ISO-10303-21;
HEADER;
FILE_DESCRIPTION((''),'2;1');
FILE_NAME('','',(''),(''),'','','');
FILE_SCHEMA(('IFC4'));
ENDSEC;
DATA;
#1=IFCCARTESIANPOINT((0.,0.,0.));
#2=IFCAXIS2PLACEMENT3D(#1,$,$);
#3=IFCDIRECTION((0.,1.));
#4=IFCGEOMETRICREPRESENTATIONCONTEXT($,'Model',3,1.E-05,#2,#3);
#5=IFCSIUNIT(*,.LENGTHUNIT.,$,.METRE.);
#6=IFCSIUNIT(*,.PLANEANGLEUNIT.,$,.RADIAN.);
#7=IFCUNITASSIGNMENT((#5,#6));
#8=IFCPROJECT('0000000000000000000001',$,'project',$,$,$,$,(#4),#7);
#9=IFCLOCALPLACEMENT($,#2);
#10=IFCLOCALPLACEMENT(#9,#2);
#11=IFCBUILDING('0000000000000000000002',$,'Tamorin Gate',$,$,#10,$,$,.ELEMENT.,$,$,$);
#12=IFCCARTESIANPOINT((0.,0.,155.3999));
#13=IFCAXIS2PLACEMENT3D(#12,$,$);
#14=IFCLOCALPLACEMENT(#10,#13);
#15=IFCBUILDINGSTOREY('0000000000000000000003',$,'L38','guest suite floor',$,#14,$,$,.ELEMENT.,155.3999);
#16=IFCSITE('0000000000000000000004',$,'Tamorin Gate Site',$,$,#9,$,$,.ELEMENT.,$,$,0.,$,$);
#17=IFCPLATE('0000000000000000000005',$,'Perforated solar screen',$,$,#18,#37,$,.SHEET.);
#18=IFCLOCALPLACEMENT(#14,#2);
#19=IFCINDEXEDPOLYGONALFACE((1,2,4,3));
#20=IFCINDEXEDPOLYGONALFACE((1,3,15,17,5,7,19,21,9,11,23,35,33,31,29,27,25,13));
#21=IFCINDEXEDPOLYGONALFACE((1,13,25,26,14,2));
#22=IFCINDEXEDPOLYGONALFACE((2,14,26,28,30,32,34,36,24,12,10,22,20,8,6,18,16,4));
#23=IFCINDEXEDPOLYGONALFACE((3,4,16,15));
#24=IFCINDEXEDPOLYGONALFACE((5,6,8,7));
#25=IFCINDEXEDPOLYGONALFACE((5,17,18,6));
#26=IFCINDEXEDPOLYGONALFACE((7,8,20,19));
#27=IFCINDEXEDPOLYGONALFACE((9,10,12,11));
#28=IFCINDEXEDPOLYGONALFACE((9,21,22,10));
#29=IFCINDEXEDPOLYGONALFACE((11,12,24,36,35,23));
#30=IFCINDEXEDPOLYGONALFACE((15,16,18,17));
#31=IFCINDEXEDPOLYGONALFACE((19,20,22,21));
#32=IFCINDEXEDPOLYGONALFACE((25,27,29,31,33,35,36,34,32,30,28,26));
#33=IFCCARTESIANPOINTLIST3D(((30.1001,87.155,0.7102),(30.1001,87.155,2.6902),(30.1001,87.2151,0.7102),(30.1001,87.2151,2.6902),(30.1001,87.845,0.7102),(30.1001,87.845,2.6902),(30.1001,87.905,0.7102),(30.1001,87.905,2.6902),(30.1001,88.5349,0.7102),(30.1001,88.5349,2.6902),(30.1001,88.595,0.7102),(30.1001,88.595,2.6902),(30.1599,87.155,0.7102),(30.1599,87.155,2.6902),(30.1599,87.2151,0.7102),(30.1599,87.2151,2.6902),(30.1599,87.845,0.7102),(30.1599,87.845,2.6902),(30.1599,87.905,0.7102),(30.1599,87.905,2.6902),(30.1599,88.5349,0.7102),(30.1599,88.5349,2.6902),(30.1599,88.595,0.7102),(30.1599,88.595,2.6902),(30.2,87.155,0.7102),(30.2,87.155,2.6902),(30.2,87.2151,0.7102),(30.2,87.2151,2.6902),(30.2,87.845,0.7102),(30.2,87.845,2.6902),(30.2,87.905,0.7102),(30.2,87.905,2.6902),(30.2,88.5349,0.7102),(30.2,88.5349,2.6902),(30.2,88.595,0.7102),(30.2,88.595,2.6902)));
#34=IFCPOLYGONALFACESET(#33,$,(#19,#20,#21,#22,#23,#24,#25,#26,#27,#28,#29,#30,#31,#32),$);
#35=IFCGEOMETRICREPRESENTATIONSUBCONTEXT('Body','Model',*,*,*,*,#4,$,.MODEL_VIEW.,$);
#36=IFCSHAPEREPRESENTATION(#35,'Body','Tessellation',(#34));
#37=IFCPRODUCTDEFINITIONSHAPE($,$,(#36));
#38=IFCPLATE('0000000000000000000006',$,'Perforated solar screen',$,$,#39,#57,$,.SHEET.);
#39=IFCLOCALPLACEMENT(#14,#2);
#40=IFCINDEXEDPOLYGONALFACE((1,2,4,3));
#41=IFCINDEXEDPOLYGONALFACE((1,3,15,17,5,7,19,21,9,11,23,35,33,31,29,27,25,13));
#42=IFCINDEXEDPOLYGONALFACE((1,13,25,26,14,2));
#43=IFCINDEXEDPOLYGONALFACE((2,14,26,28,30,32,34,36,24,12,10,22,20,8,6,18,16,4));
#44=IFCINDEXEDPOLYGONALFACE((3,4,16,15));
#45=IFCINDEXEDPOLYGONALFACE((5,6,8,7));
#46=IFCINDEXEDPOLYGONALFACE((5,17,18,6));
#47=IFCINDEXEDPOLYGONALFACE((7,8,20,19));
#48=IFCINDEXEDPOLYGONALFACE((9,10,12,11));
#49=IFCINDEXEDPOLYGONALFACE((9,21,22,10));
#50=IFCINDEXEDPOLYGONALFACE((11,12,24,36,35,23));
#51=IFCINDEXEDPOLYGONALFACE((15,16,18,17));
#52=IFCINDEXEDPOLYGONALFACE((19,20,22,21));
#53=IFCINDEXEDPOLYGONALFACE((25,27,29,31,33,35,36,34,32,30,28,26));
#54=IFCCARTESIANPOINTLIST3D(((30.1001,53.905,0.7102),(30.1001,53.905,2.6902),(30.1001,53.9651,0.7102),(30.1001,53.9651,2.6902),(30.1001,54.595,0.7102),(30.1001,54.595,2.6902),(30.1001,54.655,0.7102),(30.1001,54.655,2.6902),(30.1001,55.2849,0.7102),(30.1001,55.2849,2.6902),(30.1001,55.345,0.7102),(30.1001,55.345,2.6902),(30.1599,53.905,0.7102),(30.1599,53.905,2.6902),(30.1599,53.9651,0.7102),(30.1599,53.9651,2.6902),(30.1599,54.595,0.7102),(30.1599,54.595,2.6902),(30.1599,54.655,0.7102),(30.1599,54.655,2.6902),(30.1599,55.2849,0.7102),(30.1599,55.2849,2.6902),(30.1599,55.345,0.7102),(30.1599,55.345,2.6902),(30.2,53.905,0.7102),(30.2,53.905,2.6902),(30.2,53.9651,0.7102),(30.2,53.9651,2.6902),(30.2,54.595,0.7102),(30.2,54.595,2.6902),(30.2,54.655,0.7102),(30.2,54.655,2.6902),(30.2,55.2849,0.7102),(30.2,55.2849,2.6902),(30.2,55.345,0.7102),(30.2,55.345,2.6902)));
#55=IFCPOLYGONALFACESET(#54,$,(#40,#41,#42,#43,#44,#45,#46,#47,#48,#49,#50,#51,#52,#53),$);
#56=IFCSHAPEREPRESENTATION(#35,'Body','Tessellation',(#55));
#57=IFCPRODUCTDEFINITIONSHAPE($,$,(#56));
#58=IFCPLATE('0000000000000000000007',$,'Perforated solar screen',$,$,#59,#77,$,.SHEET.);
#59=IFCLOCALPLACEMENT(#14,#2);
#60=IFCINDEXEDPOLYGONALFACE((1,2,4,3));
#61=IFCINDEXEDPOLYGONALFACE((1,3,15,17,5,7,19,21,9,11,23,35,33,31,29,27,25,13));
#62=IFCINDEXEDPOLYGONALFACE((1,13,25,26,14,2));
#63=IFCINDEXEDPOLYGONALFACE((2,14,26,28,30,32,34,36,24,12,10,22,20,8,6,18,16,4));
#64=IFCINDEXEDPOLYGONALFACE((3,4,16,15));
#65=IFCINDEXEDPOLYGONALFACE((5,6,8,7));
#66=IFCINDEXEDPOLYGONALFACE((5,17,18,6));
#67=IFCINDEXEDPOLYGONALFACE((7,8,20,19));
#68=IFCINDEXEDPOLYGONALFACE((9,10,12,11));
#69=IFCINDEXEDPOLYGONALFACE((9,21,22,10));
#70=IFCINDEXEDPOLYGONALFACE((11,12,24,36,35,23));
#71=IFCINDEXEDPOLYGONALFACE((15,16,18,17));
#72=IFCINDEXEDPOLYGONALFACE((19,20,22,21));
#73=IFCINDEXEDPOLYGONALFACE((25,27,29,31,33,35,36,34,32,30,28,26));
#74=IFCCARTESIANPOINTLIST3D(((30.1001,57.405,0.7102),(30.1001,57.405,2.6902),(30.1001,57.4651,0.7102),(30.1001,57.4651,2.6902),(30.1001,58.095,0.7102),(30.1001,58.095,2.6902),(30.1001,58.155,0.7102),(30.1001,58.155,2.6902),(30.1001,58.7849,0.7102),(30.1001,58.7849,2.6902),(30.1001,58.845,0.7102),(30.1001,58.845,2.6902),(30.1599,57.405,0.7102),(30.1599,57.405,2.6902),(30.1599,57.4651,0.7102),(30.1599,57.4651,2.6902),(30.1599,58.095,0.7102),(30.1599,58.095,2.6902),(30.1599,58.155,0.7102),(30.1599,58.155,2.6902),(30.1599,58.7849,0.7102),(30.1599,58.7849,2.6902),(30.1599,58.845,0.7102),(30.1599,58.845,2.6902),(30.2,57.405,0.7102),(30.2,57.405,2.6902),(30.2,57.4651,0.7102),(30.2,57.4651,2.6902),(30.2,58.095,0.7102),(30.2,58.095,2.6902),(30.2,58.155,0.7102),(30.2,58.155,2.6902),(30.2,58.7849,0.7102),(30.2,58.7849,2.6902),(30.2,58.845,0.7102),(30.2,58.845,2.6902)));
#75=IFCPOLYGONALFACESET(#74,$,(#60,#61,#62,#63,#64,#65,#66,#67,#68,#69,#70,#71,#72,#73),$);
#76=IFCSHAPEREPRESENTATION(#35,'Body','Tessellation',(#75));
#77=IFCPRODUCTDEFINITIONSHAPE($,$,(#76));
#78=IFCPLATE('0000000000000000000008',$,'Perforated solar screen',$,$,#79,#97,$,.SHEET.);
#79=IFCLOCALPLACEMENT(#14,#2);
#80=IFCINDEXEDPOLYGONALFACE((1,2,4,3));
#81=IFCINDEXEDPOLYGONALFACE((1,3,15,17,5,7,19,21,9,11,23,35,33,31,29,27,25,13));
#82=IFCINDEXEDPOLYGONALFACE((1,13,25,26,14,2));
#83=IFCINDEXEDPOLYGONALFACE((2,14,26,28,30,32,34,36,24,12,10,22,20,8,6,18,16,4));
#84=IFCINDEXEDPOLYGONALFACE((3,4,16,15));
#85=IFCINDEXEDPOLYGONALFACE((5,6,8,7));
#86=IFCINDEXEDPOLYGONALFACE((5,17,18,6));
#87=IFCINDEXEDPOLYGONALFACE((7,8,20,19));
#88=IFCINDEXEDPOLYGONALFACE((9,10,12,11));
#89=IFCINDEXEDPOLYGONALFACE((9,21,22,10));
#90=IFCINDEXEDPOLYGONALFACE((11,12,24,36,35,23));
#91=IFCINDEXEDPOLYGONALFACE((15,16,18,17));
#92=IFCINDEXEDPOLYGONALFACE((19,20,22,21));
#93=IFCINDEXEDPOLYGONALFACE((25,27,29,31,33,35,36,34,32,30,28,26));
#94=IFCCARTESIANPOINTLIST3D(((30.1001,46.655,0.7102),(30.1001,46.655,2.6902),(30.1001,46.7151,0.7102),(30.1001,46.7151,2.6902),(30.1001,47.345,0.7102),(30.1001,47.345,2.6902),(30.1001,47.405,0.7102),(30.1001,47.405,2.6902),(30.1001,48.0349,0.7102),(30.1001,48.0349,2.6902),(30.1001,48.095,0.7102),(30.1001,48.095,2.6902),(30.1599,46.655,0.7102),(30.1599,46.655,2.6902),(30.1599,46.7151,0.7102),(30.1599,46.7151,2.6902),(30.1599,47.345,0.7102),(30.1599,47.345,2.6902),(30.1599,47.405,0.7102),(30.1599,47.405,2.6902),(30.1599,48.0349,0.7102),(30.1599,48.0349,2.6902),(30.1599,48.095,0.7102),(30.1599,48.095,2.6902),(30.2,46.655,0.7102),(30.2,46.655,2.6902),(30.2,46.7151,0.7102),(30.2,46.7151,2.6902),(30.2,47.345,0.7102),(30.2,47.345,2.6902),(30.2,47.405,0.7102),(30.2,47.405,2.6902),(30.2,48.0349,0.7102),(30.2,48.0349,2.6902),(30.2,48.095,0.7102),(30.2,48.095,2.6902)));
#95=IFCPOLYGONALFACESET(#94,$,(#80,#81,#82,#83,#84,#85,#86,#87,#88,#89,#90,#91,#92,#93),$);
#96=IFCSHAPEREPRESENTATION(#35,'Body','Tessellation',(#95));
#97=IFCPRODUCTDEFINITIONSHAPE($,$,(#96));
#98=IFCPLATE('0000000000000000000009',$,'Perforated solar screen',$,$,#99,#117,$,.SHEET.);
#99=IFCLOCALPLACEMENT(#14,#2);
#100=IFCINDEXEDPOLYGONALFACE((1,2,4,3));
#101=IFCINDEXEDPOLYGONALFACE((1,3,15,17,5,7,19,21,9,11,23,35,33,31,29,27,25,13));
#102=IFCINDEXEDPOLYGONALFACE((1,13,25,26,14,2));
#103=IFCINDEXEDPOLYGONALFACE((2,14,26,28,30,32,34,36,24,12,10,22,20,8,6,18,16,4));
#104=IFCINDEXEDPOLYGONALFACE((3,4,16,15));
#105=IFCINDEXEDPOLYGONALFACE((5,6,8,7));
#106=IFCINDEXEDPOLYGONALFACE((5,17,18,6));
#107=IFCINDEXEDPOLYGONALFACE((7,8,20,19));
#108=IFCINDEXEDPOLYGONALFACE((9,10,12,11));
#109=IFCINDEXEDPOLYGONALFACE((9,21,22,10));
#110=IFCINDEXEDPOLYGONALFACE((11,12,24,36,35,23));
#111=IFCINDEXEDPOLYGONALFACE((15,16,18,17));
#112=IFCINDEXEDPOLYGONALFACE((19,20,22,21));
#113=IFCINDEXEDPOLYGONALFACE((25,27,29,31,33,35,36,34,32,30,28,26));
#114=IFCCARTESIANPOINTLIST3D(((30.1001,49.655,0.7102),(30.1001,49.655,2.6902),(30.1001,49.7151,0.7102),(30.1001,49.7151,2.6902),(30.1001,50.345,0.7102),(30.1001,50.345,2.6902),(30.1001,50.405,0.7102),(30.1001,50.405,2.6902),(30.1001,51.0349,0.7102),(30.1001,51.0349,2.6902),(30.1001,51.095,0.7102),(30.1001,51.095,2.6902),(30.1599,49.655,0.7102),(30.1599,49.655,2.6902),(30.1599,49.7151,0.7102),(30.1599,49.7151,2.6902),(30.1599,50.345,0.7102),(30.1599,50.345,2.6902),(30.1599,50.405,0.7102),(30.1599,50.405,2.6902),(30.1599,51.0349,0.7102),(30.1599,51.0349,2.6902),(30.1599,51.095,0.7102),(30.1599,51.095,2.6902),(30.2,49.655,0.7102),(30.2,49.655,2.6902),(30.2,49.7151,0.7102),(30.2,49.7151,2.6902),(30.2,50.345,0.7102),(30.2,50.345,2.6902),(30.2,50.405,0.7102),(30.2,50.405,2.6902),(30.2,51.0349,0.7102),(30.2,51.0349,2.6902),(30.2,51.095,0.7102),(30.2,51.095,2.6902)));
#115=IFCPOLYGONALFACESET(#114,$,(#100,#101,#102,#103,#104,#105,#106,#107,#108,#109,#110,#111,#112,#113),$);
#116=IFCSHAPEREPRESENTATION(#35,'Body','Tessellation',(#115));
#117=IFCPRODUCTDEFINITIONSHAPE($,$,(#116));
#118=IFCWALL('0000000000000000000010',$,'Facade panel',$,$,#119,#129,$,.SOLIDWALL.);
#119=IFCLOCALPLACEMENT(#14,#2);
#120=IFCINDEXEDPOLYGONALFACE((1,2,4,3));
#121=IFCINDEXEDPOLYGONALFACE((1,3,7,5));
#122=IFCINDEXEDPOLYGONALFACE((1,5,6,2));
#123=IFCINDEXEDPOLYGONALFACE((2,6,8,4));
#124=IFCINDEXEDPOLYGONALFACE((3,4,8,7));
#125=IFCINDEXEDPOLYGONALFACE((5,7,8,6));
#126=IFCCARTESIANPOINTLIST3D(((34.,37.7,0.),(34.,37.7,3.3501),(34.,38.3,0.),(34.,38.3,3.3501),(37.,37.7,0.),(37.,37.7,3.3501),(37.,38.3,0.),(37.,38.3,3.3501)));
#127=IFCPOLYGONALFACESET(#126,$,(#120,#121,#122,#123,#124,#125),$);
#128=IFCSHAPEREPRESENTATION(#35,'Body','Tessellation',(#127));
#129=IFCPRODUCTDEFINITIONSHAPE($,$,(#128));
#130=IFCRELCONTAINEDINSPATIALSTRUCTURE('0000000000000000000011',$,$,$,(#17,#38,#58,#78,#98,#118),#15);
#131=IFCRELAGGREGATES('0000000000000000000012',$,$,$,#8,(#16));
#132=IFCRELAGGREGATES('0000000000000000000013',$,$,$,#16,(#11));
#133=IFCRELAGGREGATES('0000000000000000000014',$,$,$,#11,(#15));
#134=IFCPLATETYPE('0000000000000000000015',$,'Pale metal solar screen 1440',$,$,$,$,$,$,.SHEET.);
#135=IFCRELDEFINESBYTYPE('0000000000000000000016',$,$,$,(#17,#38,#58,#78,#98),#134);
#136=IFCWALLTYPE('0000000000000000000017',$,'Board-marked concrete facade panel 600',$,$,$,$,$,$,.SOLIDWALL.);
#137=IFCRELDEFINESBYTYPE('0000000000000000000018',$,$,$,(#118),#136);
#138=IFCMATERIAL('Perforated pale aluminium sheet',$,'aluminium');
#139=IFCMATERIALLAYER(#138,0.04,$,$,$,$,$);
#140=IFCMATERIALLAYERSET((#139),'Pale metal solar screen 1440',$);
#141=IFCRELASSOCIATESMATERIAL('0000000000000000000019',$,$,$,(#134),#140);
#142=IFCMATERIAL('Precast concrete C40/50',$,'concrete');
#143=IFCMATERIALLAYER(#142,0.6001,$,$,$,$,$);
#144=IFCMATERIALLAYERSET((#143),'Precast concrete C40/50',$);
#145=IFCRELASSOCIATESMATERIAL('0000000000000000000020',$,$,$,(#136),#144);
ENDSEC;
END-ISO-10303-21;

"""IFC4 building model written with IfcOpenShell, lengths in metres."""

from ifc_helpers import new_model, si_unit, direction, frame, frame_2d, origin, place, context, subcontext, project, spatial, polyline, rectangle, outline, extrude, material, layer, layer_set, type_object, element, save


model = new_model("IFC4")

# Units and contexts
model_context = context("Model", 3, precision=1e-05, world=origin(), true_north=direction((0.0, 1.0)))
body_context = subcontext(model_context, "Body", "Model", "MODEL_VIEW")
ifc_project = project(units=[si_unit("LENGTHUNIT", "METRE"), si_unit("PLANEANGLEUNIT", "RADIAN")], contexts=[model_context])

# Site, building, storey
site_placement = place(None, origin())
site = spatial("IfcSite", under=ifc_project, at=site_placement, Name="Tamorin Gate Site", CompositionType="ELEMENT", RefElevation=0.0)
building_placement = place(site_placement, origin())
building = spatial("IfcBuilding", under=site, at=building_placement, Name="Tamorin Gate", CompositionType="ELEMENT")
storey_placement = place(building_placement, frame((0.0, 0.0, 155.3999)))
storey = spatial("IfcBuildingStorey", under=building, at=storey_placement, Name="L38", Description="guest suite floor", CompositionType="ELEMENT", Elevation=155.3999)

# Plates
ifc_material_1 = material(Name="Perforated pale aluminium sheet", Category="aluminium")
ifc_layer_1 = layer(ifc_material_1, 0.04)
ifc_layer_set_1 = layer_set([ifc_layer_1], Name="Pale metal solar screen 1440")
plate_type_1 = type_object("IfcPlateType", Name="Pale metal solar screen 1440", PredefinedType="SHEET", material=ifc_layer_set_1)
plate_1_placement = place(storey_placement, frame((0.0, 0.0, 0.7102)))
element("IfcPlate", 1, at=plate_1_placement, inside=storey, type_object=plate_type_1, Name="Perforated solar screen", PredefinedType="SHEET", context=body_context, shape_type="SweptSolid", body=[
    extrude(outline(polyline([(30.1599, 88.595), (30.2, 88.595), (30.2, 88.5349), (30.2, 87.905), (30.2, 87.845), (30.2, 87.2151), (30.2, 87.155), (30.1599, 87.155), (30.1001, 87.155), (30.1001, 87.2151), (30.1599, 87.2151), (30.1599, 87.845), (30.1001, 87.845), (30.1001, 87.905), (30.1599, 87.905), (30.1599, 88.5349), (30.1001, 88.5349), (30.1001, 88.595), (30.1599, 88.595)])), origin(), (0.0, 0.0, 1.0), 1.98),
])
plate_2_placement = place(storey_placement, frame((0.0, 0.0, 0.7102)))
element("IfcPlate", 2, at=plate_2_placement, inside=storey, type_object=plate_type_1, Name="Perforated solar screen", PredefinedType="SHEET", context=body_context, shape_type="SweptSolid", body=[
    extrude(outline(polyline([(30.1599, 55.345), (30.2, 55.345), (30.2, 55.2849), (30.2, 54.655), (30.2, 54.595), (30.2, 53.9651), (30.2, 53.905), (30.1599, 53.905), (30.1001, 53.905), (30.1001, 53.9651), (30.1599, 53.9651), (30.1599, 54.595), (30.1001, 54.595), (30.1001, 54.655), (30.1599, 54.655), (30.1599, 55.2849), (30.1001, 55.2849), (30.1001, 55.345), (30.1599, 55.345)])), origin(), (0.0, 0.0, 1.0), 1.98),
])
plate_3_placement = place(storey_placement, frame((0.0, 0.0, 0.7102)))
element("IfcPlate", 3, at=plate_3_placement, inside=storey, type_object=plate_type_1, Name="Perforated solar screen", PredefinedType="SHEET", context=body_context, shape_type="SweptSolid", body=[
    extrude(outline(polyline([(30.1599, 58.845), (30.2, 58.845), (30.2, 58.7849), (30.2, 58.155), (30.2, 58.095), (30.2, 57.4651), (30.2, 57.405), (30.1599, 57.405), (30.1001, 57.405), (30.1001, 57.4651), (30.1599, 57.4651), (30.1599, 58.095), (30.1001, 58.095), (30.1001, 58.155), (30.1599, 58.155), (30.1599, 58.7849), (30.1001, 58.7849), (30.1001, 58.845), (30.1599, 58.845)])), origin(), (0.0, 0.0, 1.0), 1.98),
])
plate_4_placement = place(storey_placement, frame((0.0, 0.0, 0.7102)))
element("IfcPlate", 4, at=plate_4_placement, inside=storey, type_object=plate_type_1, Name="Perforated solar screen", PredefinedType="SHEET", context=body_context, shape_type="SweptSolid", body=[
    extrude(outline(polyline([(30.1599, 48.095), (30.2, 48.095), (30.2, 48.0349), (30.2, 47.405), (30.2, 47.345), (30.2, 46.7151), (30.2, 46.655), (30.1599, 46.655), (30.1001, 46.655), (30.1001, 46.7151), (30.1599, 46.7151), (30.1599, 47.345), (30.1001, 47.345), (30.1001, 47.405), (30.1599, 47.405), (30.1599, 48.0349), (30.1001, 48.0349), (30.1001, 48.095), (30.1599, 48.095)])), origin(), (0.0, 0.0, 1.0), 1.98),
])
plate_5_placement = place(storey_placement, frame((0.0, 0.0, 0.7102)))
element("IfcPlate", 5, at=plate_5_placement, inside=storey, type_object=plate_type_1, Name="Perforated solar screen", PredefinedType="SHEET", context=body_context, shape_type="SweptSolid", body=[
    extrude(outline(polyline([(30.1599, 51.095), (30.2, 51.095), (30.2, 51.0349), (30.2, 50.405), (30.2, 50.345), (30.2, 49.7151), (30.2, 49.655), (30.1599, 49.655), (30.1001, 49.655), (30.1001, 49.7151), (30.1599, 49.7151), (30.1599, 50.345), (30.1001, 50.345), (30.1001, 50.405), (30.1599, 50.405), (30.1599, 51.0349), (30.1001, 51.0349), (30.1001, 51.095), (30.1599, 51.095)])), origin(), (0.0, 0.0, 1.0), 1.98),
])

# Wall
ifc_material_2 = material(Name="Precast concrete C40/50", Category="concrete")
ifc_layer_2 = layer(ifc_material_2, 0.6001)
ifc_layer_set_2 = layer_set([ifc_layer_2], Name="Precast concrete C40/50")
wall_type_1 = type_object("IfcWallType", Name="Board-marked concrete facade panel 600", PredefinedType="SOLIDWALL", material=ifc_layer_set_2)
wall_1_placement = place(storey_placement, frame((34.0, 38.0, 0.0), z_axis=(0.0, 0.0, 1.0), x_axis=(1.0, 0.0, 0.0)))
element("IfcWall", 6, at=wall_1_placement, inside=storey, type_object=wall_type_1, Name="Facade panel", PredefinedType="SOLIDWALL", context=body_context, shape_type="SweptSolid", body=[
    extrude(rectangle(XDim=3.0, YDim=0.6001, at=frame_2d((1.5, 0.0))), origin(), (0.0, 0.0, 1.0), 3.3501),
])

save(model, "model.ifc")
